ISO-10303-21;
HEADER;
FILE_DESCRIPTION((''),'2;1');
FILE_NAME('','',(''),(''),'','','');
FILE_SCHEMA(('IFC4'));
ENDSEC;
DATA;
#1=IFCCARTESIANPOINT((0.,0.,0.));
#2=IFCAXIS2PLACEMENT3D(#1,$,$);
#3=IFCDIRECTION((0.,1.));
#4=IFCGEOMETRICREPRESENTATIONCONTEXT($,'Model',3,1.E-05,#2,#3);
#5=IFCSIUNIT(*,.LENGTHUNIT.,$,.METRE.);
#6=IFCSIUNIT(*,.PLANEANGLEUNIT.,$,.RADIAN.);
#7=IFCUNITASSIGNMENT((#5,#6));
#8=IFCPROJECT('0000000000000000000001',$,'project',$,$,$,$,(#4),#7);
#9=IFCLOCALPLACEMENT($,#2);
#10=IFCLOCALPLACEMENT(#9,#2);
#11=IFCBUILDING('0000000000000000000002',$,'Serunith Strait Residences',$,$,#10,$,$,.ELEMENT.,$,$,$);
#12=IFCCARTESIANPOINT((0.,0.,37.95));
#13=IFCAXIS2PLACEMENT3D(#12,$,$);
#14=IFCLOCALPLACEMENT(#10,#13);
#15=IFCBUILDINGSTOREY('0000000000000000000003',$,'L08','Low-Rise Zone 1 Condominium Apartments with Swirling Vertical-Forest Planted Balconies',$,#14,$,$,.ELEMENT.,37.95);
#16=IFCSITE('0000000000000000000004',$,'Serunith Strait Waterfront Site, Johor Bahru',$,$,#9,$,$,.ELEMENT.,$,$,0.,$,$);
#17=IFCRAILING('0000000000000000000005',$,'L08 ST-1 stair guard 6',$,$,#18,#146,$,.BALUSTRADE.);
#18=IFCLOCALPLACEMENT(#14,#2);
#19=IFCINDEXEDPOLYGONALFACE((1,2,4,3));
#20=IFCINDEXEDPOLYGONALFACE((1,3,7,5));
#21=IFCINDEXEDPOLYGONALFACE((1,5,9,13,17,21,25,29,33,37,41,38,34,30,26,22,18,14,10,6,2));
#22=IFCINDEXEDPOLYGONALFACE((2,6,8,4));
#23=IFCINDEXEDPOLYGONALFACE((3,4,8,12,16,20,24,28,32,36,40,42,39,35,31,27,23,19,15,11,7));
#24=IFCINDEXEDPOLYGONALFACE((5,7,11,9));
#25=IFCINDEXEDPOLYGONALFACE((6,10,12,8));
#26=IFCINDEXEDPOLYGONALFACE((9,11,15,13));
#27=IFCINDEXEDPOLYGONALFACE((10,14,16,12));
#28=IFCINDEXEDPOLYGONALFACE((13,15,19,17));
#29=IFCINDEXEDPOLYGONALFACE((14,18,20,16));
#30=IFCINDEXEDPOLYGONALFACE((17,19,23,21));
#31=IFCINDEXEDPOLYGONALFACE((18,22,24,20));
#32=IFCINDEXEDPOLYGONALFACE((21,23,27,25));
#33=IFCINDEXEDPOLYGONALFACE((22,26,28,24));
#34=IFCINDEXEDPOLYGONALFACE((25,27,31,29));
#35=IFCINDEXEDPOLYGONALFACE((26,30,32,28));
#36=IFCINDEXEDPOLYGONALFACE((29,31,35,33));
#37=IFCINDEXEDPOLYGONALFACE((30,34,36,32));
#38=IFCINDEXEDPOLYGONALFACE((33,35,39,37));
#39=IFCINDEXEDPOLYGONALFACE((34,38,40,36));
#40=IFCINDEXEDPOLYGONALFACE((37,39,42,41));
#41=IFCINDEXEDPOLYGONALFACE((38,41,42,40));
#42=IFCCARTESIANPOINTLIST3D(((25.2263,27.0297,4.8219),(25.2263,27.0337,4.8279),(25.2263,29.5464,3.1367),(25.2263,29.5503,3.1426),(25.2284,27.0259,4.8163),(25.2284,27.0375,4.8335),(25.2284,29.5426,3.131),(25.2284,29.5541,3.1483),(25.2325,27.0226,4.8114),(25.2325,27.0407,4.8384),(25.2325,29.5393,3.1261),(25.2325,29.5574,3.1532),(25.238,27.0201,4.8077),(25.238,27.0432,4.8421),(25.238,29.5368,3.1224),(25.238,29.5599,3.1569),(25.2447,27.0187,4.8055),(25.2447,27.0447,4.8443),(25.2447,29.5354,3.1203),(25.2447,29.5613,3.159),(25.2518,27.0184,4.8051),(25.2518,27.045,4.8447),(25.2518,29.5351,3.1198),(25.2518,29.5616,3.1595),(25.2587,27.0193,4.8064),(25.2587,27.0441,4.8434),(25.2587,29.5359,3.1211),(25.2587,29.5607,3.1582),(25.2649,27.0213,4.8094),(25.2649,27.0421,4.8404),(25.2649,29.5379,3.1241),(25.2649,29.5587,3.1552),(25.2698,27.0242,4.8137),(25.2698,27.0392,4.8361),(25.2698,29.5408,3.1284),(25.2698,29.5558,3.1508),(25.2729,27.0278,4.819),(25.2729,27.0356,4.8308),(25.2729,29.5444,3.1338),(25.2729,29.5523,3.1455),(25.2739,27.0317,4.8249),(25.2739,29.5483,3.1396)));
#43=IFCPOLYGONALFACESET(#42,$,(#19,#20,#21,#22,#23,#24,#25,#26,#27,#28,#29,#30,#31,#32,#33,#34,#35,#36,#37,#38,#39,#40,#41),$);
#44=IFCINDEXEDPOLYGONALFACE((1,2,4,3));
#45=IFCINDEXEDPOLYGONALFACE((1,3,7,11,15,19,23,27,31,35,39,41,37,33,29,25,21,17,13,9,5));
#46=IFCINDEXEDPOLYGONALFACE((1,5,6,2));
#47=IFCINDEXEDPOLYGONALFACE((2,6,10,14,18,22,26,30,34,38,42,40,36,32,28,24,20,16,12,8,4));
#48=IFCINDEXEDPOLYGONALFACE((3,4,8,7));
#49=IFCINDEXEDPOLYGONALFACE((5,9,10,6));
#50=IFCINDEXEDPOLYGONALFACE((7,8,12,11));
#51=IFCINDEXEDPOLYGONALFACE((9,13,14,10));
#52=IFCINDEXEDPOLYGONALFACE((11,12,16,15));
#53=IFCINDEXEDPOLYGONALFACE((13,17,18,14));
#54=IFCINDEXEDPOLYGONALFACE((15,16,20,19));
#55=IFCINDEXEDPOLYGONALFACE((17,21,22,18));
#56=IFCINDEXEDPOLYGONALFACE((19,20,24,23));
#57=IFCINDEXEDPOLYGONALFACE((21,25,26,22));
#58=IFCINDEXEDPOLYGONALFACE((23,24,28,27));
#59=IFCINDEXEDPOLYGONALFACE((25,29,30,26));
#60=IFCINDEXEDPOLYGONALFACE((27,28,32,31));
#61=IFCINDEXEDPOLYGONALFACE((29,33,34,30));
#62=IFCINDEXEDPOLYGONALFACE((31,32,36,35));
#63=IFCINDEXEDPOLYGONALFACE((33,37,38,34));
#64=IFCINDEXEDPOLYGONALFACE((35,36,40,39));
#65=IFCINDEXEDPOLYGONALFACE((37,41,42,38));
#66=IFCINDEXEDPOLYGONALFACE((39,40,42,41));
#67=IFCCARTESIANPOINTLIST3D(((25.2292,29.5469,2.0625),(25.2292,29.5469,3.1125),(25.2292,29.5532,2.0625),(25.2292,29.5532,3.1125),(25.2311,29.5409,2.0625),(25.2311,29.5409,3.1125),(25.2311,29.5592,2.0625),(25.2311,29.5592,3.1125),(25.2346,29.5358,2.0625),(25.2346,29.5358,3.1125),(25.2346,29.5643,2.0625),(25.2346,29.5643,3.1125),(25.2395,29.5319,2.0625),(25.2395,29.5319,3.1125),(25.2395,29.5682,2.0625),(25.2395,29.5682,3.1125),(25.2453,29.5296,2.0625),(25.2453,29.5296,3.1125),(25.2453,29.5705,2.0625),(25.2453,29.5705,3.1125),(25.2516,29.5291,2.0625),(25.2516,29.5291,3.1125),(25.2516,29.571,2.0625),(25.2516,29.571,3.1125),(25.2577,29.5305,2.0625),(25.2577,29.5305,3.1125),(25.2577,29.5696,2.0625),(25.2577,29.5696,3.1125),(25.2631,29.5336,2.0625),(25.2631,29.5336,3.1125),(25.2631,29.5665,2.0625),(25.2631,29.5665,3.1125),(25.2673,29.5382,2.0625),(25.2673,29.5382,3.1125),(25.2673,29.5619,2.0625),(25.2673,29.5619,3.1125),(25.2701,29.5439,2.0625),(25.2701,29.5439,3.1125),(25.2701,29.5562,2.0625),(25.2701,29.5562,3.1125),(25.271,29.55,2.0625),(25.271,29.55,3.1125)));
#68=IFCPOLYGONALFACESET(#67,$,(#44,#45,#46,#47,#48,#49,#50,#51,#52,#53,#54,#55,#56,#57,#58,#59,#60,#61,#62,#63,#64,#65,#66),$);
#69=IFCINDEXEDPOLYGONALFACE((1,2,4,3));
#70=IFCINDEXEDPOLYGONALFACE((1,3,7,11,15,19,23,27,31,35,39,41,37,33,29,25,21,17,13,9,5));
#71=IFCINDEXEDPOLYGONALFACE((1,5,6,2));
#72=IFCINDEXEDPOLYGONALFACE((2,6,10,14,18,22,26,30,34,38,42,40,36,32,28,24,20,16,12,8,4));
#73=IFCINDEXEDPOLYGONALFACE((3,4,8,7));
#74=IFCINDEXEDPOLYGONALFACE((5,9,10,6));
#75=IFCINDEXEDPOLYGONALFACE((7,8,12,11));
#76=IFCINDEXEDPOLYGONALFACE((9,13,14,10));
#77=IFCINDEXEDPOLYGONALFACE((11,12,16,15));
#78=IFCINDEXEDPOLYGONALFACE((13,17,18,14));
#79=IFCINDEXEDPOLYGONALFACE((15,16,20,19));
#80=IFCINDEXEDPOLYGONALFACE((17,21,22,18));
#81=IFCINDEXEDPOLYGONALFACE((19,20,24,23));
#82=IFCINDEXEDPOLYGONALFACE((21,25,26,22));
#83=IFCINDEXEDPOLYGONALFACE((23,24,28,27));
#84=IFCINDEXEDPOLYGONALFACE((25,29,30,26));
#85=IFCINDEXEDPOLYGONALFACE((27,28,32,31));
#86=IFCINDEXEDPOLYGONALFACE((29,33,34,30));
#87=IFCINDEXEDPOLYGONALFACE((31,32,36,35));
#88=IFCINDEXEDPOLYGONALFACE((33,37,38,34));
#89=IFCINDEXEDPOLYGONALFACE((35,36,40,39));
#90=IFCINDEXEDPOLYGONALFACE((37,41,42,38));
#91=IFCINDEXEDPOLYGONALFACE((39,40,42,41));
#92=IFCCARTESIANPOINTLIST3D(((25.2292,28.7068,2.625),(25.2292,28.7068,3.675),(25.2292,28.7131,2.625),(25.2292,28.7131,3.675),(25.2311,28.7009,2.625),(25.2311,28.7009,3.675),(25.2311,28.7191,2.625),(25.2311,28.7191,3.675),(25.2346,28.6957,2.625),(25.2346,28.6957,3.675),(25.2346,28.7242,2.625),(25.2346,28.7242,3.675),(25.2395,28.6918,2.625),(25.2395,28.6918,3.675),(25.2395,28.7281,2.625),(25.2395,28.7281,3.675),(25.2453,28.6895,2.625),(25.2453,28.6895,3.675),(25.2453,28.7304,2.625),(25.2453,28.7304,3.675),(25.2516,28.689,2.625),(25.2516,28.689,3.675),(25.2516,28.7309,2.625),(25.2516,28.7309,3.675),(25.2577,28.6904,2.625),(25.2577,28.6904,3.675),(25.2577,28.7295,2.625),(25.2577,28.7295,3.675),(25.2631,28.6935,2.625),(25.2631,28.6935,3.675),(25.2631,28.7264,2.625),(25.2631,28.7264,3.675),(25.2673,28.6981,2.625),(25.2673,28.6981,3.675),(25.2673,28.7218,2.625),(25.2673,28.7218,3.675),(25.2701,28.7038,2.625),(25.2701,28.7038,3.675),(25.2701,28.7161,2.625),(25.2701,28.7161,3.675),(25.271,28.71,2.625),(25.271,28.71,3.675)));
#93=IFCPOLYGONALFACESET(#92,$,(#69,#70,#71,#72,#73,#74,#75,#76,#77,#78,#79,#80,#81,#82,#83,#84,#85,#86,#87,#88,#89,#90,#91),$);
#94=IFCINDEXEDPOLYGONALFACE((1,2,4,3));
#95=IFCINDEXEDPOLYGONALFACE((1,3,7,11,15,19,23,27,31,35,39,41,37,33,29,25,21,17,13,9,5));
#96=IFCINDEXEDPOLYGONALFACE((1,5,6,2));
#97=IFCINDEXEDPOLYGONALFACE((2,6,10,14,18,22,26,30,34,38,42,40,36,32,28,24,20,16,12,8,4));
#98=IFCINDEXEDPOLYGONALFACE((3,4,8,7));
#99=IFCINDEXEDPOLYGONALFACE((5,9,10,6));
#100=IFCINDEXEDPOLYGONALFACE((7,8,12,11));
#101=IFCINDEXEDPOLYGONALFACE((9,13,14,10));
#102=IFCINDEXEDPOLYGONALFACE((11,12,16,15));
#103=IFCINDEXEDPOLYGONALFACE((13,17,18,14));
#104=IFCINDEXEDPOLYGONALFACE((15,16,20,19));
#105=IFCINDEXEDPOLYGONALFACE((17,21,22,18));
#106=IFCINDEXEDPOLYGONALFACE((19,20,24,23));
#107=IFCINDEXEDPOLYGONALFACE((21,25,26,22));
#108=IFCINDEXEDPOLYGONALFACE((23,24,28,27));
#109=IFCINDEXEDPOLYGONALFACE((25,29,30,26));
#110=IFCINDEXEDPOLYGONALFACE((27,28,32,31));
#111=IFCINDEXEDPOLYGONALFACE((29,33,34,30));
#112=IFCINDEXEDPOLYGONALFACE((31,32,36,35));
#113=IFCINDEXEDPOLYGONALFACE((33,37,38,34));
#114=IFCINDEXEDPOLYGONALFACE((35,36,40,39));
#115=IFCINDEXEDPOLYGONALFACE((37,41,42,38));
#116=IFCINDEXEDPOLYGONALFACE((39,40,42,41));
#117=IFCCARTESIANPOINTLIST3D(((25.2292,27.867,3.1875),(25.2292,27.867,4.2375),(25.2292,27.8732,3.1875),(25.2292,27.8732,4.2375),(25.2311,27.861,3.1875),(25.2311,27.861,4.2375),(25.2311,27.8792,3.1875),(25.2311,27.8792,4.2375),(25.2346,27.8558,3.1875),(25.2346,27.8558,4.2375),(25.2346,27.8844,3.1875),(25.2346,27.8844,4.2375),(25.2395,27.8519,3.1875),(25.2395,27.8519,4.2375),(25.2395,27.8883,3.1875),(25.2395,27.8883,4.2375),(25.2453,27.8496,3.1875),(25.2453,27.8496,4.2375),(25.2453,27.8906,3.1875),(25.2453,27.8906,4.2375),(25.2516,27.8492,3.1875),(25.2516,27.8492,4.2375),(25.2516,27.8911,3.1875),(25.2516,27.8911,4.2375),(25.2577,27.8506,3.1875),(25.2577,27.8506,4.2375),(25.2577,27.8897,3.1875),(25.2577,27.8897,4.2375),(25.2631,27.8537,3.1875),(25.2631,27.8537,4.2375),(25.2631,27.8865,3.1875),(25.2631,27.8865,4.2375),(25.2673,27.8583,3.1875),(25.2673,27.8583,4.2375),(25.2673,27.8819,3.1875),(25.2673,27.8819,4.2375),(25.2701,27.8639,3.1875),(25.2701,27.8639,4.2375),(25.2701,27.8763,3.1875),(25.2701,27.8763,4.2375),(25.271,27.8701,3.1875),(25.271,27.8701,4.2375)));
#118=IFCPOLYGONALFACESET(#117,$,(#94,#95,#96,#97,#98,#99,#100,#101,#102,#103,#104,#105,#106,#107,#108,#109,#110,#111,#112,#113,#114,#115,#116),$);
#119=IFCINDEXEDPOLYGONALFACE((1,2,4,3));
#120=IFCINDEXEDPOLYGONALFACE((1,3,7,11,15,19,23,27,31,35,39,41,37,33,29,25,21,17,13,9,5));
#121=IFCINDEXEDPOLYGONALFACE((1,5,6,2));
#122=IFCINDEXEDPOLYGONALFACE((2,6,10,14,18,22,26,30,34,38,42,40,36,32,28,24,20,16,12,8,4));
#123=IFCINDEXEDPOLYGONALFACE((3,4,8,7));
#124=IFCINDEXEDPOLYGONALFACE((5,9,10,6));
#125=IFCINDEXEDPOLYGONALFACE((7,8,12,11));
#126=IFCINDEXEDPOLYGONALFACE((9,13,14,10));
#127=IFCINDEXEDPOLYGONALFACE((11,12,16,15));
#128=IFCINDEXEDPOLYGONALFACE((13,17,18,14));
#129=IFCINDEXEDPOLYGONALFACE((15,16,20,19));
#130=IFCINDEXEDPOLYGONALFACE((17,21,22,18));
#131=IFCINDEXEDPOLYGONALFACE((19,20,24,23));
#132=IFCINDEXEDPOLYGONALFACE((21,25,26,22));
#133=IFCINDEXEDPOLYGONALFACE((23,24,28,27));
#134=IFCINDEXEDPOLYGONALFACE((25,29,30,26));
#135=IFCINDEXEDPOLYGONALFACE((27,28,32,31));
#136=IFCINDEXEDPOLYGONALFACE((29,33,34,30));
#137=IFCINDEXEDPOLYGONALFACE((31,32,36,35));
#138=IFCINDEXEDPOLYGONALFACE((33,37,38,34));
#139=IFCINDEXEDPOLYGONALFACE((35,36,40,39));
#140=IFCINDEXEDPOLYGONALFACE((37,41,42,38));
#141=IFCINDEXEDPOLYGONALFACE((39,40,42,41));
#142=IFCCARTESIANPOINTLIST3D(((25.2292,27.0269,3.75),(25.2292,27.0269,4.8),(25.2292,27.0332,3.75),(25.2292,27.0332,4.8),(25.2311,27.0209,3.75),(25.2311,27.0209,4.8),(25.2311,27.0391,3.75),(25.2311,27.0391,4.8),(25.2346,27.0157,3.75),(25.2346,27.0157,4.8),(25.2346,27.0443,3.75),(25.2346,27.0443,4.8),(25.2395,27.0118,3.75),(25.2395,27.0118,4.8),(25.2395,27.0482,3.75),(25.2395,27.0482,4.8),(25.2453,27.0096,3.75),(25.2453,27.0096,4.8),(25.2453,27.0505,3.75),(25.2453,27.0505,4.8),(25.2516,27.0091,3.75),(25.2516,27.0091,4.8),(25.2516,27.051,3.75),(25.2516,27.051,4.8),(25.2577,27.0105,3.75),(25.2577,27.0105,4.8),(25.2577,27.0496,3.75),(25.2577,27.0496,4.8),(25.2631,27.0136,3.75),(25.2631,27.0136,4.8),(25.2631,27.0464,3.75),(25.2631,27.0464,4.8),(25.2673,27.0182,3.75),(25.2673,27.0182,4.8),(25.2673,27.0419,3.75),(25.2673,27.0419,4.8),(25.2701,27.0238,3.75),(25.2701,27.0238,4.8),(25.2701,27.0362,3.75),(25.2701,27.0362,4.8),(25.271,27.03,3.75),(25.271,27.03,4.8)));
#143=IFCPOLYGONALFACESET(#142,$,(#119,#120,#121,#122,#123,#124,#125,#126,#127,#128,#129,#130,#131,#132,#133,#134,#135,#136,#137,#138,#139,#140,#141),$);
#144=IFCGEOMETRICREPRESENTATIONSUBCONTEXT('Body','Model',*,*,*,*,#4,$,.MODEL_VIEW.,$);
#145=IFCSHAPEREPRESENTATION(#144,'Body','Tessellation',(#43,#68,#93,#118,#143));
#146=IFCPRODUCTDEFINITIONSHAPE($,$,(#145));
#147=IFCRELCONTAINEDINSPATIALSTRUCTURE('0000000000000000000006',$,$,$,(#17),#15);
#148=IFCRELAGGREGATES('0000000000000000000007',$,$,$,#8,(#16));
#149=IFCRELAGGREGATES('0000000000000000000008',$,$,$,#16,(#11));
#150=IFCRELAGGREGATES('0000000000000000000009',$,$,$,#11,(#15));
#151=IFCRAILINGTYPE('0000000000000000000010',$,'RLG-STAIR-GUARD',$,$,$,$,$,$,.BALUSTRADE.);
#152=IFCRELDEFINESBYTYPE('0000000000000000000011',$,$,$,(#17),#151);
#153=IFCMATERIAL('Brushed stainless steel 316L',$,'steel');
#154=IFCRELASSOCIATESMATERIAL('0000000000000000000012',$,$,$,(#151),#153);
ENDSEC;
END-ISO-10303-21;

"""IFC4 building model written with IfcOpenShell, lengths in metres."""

from ifc_helpers import new_model, si_unit, direction, frame, origin, origin_2d, place, context, subcontext, project, spatial, circle, extrude, material, type_object, element, save


model = new_model("IFC4")

# Units and contexts
model_context = context("Model", 3, precision=1e-05, world=origin(), true_north=direction((0.0, 1.0)))
body_context = subcontext(model_context, "Body", "Model", "MODEL_VIEW")
ifc_project = project(units=[si_unit("LENGTHUNIT", "METRE"), si_unit("PLANEANGLEUNIT", "RADIAN")], contexts=[model_context])

# Site, building, storey
site_placement = place(None, origin())
site = spatial("IfcSite", under=ifc_project, at=site_placement, Name="Serunith Strait Waterfront Site, Johor Bahru", CompositionType="ELEMENT", RefElevation=0.0)
building_placement = place(site_placement, origin())
building = spatial("IfcBuilding", under=site, at=building_placement, Name="Serunith Strait Residences", CompositionType="ELEMENT")
storey_placement = place(building_placement, frame((0.0, 0.0, 37.95)))
storey = spatial("IfcBuildingStorey", under=building, at=storey_placement, Name="L08", Description="Low-Rise Zone 1 Condominium Apartments with Swirling Vertical-Forest Planted Balconies", CompositionType="ELEMENT", Elevation=37.95)

# Railing
ifc_material_1 = material(Name="Brushed stainless steel 316L", Category="steel")
railing_type_1 = type_object("IfcRailingType", Name="RLG-STAIR-GUARD", PredefinedType="BALUSTRADE", material=ifc_material_1)
railing_1_placement = place(storey_placement, frame((25.25, 29.55, 2.0625)))
element("IfcRailing", 1, at=railing_1_placement, inside=storey, type_object=railing_type_1, Name="L08 ST-1 stair guard 6", PredefinedType="BALUSTRADE", context=body_context, shape_type="SweptSolid", body=[
    extrude(circle(Radius=0.0239, at=origin_2d()), frame((0.0, -0.0017, 1.0771), z_axis=(0.0, -0.830909, 0.556408), x_axis=(1.0, 0.0, 0.0)), (0.0, 0.0, 1.0), 3.0288),
    extrude(circle(Radius=0.021, at=origin_2d()), origin(), (0.0, 0.0, 1.0), 1.05),
    extrude(circle(Radius=0.021, at=origin_2d()), frame((0.0, -0.8401, 0.5625)), (0.0, 0.0, 1.0), 1.05),
    extrude(circle(Radius=0.021, at=origin_2d()), frame((0.0, -1.6799, 1.125)), (0.0, 0.0, 1.0), 1.05),
    extrude(circle(Radius=0.021, at=origin_2d()), frame((0.0, -2.52, 1.6875)), (0.0, 0.0, 1.0), 1.05),
])

save(model, "model.ifc")
